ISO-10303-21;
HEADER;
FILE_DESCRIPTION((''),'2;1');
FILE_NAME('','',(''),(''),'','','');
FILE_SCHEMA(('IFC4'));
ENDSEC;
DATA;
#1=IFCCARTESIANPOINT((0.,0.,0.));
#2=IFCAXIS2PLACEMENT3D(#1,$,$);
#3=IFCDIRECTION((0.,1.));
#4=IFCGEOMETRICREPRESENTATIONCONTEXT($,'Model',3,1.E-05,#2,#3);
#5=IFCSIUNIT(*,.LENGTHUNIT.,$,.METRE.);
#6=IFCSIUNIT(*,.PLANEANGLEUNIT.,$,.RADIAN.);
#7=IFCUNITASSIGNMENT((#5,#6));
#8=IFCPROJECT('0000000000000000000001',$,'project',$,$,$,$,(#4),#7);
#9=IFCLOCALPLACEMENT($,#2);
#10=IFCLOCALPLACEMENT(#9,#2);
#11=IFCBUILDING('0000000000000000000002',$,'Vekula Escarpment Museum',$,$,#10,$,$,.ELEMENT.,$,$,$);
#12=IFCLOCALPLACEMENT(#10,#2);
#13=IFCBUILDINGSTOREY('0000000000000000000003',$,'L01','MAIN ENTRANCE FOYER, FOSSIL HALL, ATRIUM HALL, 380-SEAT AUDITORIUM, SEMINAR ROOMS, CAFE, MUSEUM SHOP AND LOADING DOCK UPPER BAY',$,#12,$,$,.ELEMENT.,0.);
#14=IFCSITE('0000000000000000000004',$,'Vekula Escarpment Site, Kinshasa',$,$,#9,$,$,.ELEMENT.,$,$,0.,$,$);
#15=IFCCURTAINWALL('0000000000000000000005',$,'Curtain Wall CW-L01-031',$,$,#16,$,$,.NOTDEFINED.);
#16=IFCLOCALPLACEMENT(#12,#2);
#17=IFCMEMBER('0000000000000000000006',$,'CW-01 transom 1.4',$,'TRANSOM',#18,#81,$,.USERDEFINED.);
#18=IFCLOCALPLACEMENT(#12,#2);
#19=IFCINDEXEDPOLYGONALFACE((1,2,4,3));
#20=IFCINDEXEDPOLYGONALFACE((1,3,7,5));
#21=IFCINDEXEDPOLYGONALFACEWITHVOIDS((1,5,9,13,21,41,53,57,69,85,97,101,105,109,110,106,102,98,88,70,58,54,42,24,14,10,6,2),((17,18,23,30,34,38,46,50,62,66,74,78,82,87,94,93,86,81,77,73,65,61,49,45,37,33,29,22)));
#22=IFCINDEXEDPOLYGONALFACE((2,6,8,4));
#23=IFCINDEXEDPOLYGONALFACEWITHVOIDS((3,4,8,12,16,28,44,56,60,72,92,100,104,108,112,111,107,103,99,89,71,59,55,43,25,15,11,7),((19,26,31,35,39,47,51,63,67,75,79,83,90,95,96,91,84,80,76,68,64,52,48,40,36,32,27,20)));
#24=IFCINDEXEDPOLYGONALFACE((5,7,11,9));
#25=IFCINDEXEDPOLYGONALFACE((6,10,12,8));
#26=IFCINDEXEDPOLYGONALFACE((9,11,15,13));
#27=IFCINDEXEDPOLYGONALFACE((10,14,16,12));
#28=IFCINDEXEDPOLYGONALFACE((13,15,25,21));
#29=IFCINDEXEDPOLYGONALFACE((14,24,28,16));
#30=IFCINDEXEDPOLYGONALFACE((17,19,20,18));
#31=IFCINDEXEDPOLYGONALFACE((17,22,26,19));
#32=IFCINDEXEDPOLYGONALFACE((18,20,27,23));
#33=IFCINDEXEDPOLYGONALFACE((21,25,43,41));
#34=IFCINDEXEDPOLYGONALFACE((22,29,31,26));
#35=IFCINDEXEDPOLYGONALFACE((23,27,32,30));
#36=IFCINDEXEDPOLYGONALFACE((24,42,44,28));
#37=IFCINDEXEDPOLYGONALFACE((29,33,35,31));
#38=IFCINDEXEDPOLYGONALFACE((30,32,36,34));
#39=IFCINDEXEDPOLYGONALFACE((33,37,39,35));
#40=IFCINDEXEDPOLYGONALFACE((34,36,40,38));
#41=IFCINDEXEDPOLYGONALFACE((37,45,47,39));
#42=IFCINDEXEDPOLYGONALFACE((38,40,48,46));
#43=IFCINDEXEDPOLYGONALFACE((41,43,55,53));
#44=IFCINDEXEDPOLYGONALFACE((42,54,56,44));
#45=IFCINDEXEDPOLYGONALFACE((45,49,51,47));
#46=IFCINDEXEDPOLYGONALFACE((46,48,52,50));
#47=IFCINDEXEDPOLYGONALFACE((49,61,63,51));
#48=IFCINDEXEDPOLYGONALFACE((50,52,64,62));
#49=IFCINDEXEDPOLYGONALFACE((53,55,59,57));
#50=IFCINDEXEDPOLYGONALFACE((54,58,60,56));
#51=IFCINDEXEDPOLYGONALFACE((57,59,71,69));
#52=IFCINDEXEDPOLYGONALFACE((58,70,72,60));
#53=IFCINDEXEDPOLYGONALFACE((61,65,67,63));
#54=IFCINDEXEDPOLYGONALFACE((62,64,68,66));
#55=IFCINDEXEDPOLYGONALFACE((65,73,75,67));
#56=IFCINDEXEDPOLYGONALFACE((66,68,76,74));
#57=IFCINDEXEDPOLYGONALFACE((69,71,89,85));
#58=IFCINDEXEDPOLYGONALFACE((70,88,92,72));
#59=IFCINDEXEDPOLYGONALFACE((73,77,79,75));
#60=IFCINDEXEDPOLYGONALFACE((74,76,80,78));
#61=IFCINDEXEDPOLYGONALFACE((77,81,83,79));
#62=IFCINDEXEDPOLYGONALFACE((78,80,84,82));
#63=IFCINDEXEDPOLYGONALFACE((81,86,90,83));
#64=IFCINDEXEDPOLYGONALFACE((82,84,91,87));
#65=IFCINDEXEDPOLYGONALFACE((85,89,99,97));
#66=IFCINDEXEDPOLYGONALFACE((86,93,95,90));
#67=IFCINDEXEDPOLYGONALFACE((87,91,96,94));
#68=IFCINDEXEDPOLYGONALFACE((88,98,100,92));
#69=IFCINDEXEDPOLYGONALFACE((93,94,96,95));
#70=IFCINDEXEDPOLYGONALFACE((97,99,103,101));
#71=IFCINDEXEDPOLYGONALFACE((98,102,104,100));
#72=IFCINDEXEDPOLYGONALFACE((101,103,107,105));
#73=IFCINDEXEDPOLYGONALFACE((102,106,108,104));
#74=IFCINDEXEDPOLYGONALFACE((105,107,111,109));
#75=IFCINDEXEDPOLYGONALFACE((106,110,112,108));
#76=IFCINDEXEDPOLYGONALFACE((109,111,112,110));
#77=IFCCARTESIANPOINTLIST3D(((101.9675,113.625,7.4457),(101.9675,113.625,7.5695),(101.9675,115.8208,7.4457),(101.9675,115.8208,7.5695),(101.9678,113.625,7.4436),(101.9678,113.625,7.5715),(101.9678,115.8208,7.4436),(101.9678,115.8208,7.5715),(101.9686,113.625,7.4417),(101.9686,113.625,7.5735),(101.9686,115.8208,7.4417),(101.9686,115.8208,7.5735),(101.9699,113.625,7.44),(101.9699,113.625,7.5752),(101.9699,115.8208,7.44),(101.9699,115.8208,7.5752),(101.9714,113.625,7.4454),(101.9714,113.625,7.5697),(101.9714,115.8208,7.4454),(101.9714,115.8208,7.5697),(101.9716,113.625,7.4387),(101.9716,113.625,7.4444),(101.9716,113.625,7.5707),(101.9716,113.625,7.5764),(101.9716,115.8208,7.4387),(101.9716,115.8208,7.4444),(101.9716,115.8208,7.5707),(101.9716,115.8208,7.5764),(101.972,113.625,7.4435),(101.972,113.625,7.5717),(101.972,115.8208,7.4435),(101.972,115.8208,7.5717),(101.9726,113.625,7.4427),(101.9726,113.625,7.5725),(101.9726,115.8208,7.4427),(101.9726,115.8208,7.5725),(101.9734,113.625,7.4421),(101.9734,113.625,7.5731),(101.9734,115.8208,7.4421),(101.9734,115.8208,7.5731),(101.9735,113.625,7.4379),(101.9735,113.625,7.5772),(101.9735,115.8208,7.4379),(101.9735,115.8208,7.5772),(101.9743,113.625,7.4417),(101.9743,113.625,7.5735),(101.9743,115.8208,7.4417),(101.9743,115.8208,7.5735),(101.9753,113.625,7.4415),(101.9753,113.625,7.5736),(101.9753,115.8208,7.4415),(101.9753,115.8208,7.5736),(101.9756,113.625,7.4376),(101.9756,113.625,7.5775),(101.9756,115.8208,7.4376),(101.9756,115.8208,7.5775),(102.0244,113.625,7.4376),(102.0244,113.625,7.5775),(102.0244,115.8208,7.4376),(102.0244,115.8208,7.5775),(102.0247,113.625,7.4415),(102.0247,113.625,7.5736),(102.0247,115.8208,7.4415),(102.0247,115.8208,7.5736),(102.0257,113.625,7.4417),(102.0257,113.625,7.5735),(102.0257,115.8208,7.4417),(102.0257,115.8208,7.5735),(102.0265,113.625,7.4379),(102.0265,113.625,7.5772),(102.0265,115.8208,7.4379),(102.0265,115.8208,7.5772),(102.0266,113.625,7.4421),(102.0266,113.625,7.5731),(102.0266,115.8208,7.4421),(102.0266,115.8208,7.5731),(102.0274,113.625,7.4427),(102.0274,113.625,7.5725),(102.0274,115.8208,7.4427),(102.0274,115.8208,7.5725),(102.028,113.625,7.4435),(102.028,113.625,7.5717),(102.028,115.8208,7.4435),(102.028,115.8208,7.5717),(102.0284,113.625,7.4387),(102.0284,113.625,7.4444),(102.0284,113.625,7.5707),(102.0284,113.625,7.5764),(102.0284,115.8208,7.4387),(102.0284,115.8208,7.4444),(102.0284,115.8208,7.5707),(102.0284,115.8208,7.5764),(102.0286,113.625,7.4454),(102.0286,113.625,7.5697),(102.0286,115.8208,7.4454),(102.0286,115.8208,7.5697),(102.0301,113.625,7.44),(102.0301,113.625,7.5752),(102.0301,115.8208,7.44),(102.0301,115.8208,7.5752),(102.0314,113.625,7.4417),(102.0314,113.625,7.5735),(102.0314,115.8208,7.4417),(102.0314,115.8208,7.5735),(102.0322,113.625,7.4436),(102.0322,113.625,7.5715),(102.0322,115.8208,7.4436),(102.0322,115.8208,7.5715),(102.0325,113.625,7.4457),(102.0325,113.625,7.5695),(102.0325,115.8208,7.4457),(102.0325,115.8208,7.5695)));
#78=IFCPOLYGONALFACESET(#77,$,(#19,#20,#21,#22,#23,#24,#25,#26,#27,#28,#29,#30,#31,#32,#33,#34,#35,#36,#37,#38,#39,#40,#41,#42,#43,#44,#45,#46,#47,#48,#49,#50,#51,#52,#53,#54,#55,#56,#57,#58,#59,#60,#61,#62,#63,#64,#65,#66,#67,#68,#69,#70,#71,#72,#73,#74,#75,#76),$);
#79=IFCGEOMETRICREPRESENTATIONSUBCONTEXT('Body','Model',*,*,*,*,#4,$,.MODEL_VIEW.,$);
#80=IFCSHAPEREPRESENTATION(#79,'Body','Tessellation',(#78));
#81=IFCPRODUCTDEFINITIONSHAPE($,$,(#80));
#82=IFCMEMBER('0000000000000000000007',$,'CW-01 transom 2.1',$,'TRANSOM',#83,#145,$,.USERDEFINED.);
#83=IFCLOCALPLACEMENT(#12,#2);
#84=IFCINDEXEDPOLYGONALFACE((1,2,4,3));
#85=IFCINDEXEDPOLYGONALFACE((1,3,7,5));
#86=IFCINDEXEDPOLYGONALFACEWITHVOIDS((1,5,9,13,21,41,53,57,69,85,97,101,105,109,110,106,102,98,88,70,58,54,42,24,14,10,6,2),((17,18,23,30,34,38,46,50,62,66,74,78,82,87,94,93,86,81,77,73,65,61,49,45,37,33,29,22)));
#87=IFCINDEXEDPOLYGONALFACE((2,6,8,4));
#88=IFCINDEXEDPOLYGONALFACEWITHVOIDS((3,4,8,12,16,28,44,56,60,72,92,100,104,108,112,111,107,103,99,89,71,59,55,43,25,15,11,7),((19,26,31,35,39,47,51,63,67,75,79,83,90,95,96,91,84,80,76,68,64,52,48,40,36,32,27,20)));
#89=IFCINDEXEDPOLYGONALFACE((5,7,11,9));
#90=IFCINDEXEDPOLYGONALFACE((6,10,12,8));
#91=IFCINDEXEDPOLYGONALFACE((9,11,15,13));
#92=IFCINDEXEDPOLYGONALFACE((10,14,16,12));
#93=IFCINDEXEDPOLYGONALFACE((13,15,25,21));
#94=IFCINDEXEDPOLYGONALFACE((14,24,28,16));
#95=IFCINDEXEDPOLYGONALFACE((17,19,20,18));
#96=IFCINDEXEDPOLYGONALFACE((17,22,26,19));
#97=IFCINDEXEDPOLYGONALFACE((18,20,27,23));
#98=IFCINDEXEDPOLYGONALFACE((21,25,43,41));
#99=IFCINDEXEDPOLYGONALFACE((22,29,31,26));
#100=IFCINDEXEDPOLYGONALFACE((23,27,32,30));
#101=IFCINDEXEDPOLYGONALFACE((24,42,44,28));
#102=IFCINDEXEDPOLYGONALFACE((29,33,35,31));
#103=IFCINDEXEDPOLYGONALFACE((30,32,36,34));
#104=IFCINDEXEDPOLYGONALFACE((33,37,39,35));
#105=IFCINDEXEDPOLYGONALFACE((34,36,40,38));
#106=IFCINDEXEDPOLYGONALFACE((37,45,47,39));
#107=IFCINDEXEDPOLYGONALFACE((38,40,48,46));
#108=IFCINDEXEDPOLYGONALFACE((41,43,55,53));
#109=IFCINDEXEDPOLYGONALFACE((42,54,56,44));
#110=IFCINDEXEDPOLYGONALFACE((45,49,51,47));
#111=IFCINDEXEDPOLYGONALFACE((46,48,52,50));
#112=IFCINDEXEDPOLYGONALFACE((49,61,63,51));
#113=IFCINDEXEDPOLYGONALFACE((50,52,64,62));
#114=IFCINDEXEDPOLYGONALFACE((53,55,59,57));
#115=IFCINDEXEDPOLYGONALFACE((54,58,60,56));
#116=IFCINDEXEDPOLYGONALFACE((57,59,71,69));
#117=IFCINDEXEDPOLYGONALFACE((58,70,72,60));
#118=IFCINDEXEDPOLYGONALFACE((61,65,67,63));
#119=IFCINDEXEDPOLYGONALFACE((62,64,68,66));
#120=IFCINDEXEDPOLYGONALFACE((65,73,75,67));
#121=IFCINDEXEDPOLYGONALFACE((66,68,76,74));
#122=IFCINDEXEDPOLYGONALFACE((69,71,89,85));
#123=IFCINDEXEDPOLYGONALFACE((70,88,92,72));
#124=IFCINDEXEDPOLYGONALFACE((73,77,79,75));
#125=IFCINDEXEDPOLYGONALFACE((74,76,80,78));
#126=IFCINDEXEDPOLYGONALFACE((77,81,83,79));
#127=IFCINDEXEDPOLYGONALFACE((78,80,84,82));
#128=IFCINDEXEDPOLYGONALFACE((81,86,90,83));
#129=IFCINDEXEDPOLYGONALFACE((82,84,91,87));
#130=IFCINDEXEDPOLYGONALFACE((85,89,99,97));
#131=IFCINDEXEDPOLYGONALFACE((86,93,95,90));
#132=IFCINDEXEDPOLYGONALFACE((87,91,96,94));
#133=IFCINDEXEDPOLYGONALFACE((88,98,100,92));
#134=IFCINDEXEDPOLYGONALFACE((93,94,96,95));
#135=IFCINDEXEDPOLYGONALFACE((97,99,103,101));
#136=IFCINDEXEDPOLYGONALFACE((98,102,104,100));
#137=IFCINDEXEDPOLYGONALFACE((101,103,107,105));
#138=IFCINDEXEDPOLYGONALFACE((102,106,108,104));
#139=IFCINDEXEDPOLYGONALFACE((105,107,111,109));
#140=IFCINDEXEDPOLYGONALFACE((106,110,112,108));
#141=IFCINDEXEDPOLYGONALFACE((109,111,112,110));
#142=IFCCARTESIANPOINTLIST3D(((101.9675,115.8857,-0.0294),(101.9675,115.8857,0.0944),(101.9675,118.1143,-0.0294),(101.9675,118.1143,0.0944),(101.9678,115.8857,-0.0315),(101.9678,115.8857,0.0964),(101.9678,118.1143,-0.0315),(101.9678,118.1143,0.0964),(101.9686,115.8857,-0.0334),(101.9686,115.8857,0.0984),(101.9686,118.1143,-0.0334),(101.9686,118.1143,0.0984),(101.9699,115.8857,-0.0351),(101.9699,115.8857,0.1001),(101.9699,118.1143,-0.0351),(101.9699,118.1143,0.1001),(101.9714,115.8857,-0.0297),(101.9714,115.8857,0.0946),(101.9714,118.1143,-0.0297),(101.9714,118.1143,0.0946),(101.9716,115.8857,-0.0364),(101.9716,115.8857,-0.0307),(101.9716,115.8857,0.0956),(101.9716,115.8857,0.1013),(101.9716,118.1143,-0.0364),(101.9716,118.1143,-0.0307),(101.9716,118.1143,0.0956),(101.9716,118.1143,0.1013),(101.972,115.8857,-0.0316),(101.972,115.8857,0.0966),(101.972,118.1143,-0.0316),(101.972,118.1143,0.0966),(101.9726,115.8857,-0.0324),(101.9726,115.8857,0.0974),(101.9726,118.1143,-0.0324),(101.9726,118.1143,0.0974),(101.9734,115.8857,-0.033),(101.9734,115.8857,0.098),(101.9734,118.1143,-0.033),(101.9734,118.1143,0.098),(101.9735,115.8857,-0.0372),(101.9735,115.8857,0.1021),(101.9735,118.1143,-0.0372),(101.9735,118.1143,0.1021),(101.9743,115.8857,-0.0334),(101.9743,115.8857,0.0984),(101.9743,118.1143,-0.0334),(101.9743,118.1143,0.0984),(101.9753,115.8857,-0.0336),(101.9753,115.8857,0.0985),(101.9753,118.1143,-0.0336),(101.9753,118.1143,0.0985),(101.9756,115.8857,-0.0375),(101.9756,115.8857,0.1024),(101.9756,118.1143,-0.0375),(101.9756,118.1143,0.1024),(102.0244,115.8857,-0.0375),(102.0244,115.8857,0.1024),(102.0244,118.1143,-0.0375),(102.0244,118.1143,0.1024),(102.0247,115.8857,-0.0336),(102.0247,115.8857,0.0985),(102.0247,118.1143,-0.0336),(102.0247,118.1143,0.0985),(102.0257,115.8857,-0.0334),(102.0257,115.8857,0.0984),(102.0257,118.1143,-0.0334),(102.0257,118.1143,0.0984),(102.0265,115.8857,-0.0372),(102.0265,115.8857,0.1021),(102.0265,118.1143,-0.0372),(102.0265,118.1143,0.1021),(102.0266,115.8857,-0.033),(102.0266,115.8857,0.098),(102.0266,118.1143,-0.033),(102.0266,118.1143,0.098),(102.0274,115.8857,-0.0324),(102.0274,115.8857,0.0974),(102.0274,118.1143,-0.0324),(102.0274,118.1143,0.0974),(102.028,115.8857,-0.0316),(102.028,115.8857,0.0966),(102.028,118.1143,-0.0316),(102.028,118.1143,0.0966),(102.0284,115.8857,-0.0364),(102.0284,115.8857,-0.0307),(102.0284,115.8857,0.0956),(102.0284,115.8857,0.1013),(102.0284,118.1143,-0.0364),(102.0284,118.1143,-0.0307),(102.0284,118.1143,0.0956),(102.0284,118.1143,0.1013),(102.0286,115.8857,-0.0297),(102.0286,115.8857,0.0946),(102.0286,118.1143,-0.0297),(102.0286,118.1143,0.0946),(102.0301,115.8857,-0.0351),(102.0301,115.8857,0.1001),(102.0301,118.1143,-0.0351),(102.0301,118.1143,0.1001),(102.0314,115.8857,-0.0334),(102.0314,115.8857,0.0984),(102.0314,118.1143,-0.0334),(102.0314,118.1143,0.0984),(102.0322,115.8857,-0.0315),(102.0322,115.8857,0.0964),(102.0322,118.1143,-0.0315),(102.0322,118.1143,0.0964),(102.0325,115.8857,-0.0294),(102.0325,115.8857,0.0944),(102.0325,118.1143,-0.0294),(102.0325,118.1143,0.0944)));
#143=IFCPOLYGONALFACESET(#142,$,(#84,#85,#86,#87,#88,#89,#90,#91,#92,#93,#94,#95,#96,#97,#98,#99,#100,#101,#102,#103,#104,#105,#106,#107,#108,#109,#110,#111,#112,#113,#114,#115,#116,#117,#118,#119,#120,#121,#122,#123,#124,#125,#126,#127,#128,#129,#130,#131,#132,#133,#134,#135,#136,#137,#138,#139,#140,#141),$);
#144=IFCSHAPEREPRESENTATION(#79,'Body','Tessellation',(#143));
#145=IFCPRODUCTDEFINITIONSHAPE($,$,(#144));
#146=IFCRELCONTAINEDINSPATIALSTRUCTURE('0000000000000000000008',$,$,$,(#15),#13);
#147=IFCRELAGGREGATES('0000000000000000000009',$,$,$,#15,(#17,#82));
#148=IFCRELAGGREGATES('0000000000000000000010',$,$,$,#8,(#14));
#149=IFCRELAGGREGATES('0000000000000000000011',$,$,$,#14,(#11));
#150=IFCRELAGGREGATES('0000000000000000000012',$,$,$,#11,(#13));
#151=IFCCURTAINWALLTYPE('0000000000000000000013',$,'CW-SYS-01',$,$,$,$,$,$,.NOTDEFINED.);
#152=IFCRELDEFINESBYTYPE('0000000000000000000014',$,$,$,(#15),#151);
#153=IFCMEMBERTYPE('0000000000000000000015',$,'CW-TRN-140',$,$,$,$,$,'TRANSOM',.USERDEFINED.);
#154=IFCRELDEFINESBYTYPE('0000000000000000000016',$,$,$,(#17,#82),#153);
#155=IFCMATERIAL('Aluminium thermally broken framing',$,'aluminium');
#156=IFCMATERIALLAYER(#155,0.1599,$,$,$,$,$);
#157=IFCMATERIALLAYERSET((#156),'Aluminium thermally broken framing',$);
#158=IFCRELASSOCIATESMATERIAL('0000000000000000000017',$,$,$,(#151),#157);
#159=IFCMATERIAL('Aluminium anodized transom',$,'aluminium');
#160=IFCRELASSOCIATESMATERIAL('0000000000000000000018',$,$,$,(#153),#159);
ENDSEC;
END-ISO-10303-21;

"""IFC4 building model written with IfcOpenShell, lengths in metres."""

from ifc_helpers import new_model, si_unit, direction, frame, origin, origin_2d, place, context, subcontext, project, spatial, hollow_rectangle, extrude, material, layer, layer_set, material_profile, profile_set, type_object, element, aggregate, save


model = new_model("IFC4")

# Units and contexts
model_context = context("Model", 3, precision=1e-05, world=origin(), true_north=direction((0.0, 1.0)))
body_context = subcontext(model_context, "Body", "Model", "MODEL_VIEW")
ifc_project = project(units=[si_unit("LENGTHUNIT", "METRE"), si_unit("PLANEANGLEUNIT", "RADIAN")], contexts=[model_context])

# Site, building, storey
site_placement = place(None, origin())
site = spatial("IfcSite", under=ifc_project, at=site_placement, Name="Vekula Escarpment Site, Kinshasa", CompositionType="ELEMENT", RefElevation=0.0)
building_placement = place(site_placement, origin())
building = spatial("IfcBuilding", under=site, at=building_placement, Name="Vekula Escarpment Museum", CompositionType="ELEMENT")
storey_placement = place(building_placement, origin())
storey = spatial("IfcBuildingStorey", under=building, at=storey_placement, Name="L01", Description="MAIN ENTRANCE FOYER, FOSSIL HALL, ATRIUM HALL, 380-SEAT AUDITORIUM, SEMINAR ROOMS, CAFE, MUSEUM SHOP AND LOADING DOCK UPPER BAY", CompositionType="ELEMENT", Elevation=0.0)

# Curtain wall, members
ifc_material_1 = material(Name="Aluminium thermally broken framing", Category="aluminium")
ifc_layer_1 = layer(ifc_material_1, 0.1599)
ifc_layer_set_1 = layer_set([ifc_layer_1], Name="Aluminium thermally broken framing")
curtain_wall_type = type_object("IfcCurtainWallType", Name="CW-SYS-01", PredefinedType="NOTDEFINED", material=ifc_layer_set_1)
curtain_wall_placement = place(storey_placement, origin())
curtain_wall = element("IfcCurtainWall", 1, at=curtain_wall_placement, inside=storey, type_object=curtain_wall_type, Name="Curtain Wall CW-L01-031", PredefinedType="NOTDEFINED")
ifc_material_2 = material(Name="Aluminium anodized transom", Category="aluminium")
ifc_material_profile_1 = material_profile(ifc_material_2, hollow_rectangle(XDim=0.0649, YDim=0.1399, WallThickness=0.0039, InnerFilletRadius=0.0039, OuterFilletRadius=0.0081, at=origin_2d()), Name="ALU 140x65x4")
ifc_profile_set_1 = profile_set([ifc_material_profile_1], Name="Aluminium anodized transom")
member_type_1 = type_object("IfcMemberType", Name="CW-TRN-140", ElementType="TRANSOM", PredefinedType="USERDEFINED", material=ifc_profile_set_1)
member_1_placement = place(storey_placement, frame((102.0, 113.625, 7.5076), z_axis=(0.0, 1.0, 0.0), x_axis=(-1.0, 0.0, 0.0)))
member_1 = element("IfcMember", 2, at=member_1_placement, type_object=member_type_1, Name="CW-01 transom 1.4", ObjectType="TRANSOM", PredefinedType="USERDEFINED", context=body_context, shape_type="SweptSolid", body=[
    extrude(hollow_rectangle(XDim=0.0649, YDim=0.1399, WallThickness=0.0039, InnerFilletRadius=0.0039, OuterFilletRadius=0.0081, at=origin_2d()), origin(), (0.0, 0.0, 1.0), 2.1958),
])
member_2_placement = place(storey_placement, frame((102.0, 115.8857, 0.0325), z_axis=(0.0, 1.0, 0.0), x_axis=(-1.0, 0.0, 0.0)))
member_2 = element("IfcMember", 3, at=member_2_placement, type_object=member_type_1, Name="CW-01 transom 2.1", ObjectType="TRANSOM", PredefinedType="USERDEFINED", context=body_context, shape_type="SweptSolid", body=[
    extrude(hollow_rectangle(XDim=0.0649, YDim=0.1399, WallThickness=0.0039, InnerFilletRadius=0.0039, OuterFilletRadius=0.0081, at=origin_2d()), origin(), (0.0, 0.0, 1.0), 2.2285),
])
aggregate(curtain_wall, [member_1, member_2])

save(model, "model.ifc")
